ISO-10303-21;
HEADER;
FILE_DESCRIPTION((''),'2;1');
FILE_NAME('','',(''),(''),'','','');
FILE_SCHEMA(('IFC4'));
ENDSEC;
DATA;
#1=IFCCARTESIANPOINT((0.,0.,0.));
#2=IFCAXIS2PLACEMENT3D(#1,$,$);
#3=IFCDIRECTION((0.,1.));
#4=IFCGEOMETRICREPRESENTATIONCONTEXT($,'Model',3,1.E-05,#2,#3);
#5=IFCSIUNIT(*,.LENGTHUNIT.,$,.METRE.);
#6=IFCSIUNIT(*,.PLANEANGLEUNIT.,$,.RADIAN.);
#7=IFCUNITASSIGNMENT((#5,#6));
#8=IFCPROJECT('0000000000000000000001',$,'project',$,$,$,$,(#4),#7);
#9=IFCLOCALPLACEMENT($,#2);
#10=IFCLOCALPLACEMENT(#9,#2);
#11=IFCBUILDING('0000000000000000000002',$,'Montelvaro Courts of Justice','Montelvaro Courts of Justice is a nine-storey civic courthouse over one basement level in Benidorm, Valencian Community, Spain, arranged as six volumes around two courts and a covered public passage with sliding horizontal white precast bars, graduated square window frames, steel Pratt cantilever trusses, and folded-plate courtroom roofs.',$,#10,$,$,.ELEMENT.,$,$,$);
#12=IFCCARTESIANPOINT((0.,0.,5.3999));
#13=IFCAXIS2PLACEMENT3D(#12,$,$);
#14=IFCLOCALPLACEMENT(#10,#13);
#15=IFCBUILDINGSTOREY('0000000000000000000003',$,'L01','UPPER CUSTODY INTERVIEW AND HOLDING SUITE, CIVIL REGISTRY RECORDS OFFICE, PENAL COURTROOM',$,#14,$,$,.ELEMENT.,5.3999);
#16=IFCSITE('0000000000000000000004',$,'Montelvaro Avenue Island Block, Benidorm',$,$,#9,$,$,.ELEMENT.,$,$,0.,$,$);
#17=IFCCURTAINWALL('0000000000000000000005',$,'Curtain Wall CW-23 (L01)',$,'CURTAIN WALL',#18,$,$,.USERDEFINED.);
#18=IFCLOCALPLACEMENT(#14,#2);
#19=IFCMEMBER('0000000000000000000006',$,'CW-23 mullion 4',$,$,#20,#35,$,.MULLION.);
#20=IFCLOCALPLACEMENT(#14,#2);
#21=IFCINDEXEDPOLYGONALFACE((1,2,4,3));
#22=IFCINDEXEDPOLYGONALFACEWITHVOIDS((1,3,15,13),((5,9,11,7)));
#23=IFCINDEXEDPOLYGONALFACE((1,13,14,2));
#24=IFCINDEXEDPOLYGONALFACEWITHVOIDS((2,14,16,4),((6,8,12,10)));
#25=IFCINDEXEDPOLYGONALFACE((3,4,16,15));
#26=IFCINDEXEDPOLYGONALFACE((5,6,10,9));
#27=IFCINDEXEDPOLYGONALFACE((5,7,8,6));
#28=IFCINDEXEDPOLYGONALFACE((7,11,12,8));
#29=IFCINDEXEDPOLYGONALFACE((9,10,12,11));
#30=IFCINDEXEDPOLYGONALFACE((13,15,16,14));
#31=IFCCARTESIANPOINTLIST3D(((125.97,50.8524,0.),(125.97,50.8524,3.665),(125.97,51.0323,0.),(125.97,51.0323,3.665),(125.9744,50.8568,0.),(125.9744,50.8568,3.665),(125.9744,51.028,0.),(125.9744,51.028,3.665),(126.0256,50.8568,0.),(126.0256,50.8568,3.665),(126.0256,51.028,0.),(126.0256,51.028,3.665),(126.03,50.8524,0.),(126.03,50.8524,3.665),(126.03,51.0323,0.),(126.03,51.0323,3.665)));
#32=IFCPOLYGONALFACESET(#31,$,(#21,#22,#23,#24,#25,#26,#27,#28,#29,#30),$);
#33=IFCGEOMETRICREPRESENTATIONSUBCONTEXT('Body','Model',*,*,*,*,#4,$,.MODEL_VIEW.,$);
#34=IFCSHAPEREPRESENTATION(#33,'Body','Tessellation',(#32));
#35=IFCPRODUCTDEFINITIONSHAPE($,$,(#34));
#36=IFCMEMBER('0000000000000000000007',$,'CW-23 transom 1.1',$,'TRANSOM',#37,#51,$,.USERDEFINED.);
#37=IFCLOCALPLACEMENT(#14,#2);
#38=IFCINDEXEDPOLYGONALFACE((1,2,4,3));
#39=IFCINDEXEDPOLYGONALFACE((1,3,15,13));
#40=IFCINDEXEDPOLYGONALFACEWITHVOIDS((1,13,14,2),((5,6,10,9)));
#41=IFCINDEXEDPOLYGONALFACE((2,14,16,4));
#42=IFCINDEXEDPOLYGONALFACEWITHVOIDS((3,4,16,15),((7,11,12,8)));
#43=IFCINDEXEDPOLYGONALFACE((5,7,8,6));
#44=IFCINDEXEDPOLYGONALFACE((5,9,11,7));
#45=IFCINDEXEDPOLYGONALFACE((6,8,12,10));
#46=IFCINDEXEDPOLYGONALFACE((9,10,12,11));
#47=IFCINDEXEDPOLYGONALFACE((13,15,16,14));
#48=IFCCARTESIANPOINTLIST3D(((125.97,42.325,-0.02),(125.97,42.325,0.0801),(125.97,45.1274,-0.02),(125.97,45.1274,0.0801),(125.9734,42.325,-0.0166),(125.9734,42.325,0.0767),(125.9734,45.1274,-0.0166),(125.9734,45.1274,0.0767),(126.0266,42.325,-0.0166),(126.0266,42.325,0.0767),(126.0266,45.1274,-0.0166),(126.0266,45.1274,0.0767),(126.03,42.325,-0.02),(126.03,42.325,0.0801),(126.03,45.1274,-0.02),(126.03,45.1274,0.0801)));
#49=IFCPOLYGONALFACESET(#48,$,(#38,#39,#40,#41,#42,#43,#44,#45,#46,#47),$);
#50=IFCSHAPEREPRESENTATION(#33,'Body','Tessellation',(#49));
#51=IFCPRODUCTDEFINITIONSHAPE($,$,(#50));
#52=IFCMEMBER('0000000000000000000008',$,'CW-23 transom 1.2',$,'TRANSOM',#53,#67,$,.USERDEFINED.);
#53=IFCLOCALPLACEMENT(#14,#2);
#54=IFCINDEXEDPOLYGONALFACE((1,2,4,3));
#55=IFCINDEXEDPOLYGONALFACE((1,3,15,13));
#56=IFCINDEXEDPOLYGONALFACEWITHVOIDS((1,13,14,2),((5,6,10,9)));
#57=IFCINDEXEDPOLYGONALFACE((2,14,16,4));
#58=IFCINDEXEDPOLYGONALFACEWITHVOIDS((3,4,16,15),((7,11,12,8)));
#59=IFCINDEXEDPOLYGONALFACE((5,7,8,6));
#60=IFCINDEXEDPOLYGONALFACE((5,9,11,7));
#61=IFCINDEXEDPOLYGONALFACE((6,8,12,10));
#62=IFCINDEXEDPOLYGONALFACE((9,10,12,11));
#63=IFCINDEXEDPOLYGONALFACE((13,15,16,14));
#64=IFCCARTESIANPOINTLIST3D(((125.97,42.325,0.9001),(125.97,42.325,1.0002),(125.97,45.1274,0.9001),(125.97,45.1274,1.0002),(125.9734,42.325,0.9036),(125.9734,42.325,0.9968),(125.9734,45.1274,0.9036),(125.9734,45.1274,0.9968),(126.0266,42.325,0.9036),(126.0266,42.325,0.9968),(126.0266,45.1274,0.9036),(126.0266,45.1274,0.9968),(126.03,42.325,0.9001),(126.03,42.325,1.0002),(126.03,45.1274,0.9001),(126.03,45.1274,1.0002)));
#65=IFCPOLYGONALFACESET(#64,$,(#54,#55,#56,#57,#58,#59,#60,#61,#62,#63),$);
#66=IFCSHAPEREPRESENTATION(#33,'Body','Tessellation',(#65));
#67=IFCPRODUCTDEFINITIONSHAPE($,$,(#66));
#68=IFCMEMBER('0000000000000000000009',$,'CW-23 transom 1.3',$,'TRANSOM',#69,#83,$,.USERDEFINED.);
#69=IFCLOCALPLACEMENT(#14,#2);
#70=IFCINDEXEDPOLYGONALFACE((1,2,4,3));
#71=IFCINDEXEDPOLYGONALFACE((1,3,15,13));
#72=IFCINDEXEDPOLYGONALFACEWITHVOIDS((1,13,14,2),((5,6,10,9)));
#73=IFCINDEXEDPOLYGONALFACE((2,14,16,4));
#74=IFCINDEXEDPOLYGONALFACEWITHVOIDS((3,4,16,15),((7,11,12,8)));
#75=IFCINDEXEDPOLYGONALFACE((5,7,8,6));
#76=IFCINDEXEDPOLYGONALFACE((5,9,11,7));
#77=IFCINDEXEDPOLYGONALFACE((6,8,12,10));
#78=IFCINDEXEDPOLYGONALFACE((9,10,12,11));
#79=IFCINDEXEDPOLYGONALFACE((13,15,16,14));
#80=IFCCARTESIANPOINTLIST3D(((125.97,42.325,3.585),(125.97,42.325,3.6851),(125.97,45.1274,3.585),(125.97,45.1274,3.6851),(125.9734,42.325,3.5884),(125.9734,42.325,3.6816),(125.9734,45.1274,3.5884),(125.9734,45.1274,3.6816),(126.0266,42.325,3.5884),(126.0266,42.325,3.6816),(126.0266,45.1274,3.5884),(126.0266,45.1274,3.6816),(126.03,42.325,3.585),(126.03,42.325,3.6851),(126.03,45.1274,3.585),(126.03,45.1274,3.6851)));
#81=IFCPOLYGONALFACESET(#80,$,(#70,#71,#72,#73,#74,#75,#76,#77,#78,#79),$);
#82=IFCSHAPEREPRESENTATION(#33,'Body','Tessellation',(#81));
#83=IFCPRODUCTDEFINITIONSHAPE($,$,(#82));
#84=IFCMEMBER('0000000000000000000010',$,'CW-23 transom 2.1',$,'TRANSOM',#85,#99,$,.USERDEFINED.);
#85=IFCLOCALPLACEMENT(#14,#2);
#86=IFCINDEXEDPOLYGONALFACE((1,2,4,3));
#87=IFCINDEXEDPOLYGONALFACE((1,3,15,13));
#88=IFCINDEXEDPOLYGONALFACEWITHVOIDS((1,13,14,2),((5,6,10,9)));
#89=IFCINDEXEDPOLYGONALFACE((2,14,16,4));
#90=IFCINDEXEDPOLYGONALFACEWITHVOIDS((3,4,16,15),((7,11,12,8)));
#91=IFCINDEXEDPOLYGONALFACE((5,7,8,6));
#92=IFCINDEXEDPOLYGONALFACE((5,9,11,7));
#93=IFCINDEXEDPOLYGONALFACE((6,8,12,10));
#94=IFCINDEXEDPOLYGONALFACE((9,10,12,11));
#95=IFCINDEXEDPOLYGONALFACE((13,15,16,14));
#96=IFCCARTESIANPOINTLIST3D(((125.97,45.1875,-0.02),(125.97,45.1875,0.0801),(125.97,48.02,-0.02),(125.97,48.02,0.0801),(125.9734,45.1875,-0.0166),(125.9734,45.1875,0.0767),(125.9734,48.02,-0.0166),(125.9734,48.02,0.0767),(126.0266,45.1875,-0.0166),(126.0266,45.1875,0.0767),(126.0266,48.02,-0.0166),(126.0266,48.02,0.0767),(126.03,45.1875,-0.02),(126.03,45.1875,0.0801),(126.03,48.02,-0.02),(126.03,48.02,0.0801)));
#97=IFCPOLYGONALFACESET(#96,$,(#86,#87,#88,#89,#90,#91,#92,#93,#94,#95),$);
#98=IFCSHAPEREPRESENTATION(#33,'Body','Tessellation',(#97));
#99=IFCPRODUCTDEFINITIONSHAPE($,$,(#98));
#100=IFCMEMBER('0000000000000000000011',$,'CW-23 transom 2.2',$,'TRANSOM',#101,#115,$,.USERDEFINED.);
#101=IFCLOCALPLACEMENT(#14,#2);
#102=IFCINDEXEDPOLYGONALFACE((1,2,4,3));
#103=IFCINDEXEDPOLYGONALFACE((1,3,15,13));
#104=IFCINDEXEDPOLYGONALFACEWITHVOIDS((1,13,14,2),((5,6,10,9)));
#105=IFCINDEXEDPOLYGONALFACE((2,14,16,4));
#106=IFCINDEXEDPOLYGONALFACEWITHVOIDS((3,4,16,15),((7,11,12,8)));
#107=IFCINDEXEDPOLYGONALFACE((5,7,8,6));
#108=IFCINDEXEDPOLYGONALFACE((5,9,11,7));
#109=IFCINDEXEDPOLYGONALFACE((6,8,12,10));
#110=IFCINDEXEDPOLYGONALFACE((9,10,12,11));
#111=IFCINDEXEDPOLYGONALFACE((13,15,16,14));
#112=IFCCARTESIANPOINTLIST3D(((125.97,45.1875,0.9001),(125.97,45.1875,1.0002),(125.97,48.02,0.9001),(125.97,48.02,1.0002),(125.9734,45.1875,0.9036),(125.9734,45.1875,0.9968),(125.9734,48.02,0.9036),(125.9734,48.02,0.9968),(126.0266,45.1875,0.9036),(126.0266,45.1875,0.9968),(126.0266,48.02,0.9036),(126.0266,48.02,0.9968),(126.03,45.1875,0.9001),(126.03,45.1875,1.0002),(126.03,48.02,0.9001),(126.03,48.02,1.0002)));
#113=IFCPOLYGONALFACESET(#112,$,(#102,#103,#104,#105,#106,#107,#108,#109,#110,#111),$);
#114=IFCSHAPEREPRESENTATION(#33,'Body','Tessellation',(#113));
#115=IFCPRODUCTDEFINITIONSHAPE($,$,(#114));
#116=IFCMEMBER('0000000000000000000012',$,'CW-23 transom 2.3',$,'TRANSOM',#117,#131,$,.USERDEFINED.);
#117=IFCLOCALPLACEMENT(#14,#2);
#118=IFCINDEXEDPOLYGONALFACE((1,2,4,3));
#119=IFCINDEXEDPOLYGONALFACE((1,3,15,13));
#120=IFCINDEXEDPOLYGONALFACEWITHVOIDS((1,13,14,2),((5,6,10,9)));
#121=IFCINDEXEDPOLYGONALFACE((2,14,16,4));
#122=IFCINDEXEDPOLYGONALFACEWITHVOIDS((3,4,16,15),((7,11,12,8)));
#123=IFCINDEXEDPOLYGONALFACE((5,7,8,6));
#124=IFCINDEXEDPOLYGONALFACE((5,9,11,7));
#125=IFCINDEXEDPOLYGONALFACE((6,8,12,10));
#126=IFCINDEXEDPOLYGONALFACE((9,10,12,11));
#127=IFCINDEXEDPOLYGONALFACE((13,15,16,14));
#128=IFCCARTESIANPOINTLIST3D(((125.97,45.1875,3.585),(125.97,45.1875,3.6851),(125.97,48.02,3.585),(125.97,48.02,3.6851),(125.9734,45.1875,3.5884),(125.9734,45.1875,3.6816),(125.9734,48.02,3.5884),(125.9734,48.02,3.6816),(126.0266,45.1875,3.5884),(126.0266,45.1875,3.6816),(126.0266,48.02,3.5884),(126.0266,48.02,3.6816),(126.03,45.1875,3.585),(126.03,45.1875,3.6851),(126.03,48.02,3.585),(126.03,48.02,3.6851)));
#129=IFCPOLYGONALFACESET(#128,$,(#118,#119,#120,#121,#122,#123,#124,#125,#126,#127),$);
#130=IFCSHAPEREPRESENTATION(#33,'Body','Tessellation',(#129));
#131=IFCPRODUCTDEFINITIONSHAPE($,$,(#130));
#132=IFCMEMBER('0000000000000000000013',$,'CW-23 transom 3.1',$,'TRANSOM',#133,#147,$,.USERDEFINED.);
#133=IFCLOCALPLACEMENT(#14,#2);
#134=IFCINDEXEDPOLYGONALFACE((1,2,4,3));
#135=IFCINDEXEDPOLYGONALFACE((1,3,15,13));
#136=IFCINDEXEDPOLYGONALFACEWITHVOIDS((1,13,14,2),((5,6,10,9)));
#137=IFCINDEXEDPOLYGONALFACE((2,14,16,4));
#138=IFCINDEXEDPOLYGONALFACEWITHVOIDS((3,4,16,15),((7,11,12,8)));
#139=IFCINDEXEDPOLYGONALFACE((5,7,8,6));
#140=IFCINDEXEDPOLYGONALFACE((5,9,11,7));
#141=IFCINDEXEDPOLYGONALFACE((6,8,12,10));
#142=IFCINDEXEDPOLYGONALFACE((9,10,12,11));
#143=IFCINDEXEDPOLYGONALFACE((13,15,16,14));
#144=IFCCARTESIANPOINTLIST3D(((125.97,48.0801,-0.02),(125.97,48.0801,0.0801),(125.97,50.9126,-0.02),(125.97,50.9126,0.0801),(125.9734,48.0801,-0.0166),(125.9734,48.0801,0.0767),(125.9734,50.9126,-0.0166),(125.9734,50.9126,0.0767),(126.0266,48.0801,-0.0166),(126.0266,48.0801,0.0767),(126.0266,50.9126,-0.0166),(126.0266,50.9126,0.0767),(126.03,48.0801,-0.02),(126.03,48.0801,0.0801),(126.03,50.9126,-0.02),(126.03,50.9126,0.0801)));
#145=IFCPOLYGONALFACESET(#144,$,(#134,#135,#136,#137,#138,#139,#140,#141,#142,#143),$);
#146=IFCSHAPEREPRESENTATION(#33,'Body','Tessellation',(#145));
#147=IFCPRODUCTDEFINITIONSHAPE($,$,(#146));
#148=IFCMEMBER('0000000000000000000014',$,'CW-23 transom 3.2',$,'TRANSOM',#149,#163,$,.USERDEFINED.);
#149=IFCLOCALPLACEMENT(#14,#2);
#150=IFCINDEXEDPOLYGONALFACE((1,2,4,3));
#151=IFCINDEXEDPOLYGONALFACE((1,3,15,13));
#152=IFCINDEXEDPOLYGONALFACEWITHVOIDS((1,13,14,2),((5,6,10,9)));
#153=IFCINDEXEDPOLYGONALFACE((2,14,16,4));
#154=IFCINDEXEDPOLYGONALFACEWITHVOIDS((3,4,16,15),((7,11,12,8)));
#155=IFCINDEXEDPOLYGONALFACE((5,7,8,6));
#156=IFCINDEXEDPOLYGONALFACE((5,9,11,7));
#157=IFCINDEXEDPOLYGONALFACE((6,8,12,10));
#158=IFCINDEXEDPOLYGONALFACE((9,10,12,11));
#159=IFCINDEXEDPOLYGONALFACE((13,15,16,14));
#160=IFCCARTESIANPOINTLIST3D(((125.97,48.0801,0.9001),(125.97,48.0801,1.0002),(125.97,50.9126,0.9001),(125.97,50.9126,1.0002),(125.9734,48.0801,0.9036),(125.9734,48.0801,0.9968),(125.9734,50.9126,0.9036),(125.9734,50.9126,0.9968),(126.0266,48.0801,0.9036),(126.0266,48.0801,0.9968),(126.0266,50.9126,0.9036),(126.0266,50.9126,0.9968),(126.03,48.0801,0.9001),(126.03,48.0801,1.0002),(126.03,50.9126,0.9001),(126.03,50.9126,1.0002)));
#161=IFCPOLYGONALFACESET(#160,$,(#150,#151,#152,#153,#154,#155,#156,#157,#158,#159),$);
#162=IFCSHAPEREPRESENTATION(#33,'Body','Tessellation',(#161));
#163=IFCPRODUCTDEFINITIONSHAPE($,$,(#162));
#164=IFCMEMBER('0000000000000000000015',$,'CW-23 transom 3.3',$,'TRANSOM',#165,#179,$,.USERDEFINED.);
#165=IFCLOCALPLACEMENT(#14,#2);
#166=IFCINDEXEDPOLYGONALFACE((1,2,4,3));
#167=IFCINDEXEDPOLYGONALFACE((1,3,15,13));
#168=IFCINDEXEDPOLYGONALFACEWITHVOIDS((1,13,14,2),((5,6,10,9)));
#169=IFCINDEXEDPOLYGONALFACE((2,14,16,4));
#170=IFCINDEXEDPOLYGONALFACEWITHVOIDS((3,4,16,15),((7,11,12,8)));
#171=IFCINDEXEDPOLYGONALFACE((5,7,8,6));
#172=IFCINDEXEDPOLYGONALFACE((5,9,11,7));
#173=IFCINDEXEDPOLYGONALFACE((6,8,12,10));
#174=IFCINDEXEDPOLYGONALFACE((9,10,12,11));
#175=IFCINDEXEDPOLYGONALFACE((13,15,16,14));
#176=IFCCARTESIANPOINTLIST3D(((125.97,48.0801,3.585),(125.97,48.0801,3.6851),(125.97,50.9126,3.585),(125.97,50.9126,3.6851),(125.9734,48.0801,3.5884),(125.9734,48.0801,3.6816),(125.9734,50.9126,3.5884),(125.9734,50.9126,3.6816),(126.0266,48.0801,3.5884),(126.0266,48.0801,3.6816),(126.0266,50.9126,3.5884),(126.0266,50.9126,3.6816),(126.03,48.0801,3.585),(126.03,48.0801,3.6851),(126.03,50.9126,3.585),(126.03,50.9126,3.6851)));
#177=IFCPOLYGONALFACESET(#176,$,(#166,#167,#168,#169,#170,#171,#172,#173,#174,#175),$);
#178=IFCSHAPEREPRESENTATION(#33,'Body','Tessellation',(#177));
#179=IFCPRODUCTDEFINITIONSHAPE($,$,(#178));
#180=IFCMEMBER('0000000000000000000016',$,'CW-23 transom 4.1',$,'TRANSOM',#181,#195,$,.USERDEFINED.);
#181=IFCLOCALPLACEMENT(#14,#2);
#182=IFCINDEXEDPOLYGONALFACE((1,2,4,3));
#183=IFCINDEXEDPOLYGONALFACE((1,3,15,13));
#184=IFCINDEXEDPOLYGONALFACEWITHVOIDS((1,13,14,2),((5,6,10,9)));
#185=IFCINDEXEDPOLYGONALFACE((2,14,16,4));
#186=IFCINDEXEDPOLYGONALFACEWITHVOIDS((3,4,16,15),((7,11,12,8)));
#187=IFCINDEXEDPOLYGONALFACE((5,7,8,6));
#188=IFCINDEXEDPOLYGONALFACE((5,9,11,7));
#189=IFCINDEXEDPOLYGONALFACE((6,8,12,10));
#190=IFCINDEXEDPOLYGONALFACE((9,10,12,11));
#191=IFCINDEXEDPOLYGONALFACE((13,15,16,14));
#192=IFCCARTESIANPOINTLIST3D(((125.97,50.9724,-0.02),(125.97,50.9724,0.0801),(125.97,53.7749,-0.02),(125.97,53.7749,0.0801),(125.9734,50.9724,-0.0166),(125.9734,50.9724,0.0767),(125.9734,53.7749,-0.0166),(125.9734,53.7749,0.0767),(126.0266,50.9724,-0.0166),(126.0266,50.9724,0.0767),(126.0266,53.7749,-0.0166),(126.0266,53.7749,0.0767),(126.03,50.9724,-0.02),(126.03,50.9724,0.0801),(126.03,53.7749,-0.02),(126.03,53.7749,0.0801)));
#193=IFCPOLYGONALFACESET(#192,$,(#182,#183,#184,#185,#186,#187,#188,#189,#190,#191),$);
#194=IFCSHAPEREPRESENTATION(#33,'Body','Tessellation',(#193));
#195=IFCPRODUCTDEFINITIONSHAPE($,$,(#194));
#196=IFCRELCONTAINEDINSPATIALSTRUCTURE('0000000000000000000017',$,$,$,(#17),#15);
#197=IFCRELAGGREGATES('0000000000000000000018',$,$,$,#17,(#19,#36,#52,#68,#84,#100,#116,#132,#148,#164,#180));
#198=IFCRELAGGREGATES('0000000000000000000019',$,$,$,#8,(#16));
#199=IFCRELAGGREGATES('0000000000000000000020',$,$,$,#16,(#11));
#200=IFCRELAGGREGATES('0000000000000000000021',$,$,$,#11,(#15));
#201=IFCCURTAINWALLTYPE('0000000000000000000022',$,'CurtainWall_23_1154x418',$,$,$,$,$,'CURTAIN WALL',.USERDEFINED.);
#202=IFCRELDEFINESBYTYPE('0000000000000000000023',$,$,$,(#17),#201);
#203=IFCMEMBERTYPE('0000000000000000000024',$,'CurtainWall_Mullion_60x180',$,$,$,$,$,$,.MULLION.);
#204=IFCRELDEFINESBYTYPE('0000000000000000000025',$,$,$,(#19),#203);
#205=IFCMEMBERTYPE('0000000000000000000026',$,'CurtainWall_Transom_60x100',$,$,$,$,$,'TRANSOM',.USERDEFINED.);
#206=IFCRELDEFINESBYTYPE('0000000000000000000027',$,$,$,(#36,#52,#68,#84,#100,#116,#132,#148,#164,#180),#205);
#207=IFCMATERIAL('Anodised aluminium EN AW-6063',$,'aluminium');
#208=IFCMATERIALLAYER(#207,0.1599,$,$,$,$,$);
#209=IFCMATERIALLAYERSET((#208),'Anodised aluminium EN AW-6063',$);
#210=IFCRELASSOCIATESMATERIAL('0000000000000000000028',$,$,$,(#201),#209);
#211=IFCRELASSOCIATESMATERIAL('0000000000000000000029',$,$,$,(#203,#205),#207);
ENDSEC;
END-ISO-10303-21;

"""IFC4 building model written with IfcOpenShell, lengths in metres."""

from ifc_helpers import new_model, si_unit, direction, frame, origin, origin_2d, place, context, subcontext, project, spatial, hollow_rectangle, extrude, material, layer, layer_set, material_profile, profile_set, type_object, element, aggregate, save


model = new_model("IFC4")

# Units and contexts
model_context = context("Model", 3, precision=1e-05, world=origin(), true_north=direction((0.0, 1.0)))
body_context = subcontext(model_context, "Body", "Model", "MODEL_VIEW")
ifc_project = project(units=[si_unit("LENGTHUNIT", "METRE"), si_unit("PLANEANGLEUNIT", "RADIAN")], contexts=[model_context])

# Site, building, storey
site_placement = place(None, origin())
site = spatial("IfcSite", under=ifc_project, at=site_placement, Name="Montelvaro Avenue Island Block, Benidorm", CompositionType="ELEMENT", RefElevation=0.0)
building_placement = place(site_placement, origin())
building = spatial("IfcBuilding", under=site, at=building_placement, Name="Montelvaro Courts of Justice", Description="Montelvaro Courts of Justice is a nine-storey civic courthouse over one basement level in Benidorm, Valencian Community, Spain, arranged as six volumes around two courts and a covered public passage with sliding horizontal white precast bars, graduated square window frames, steel Pratt cantilever trusses, and folded-plate courtroom roofs.", CompositionType="ELEMENT")
storey_placement = place(building_placement, frame((0.0, 0.0, 5.3999)))
storey = spatial("IfcBuildingStorey", under=building, at=storey_placement, Name="L01", Description="UPPER CUSTODY INTERVIEW AND HOLDING SUITE, CIVIL REGISTRY RECORDS OFFICE, PENAL COURTROOM", CompositionType="ELEMENT", Elevation=5.3999)

# Curtain wall, members
ifc_material_1 = material(Name="Anodised aluminium EN AW-6063", Category="aluminium")
ifc_layer_1 = layer(ifc_material_1, 0.1599)
ifc_layer_set_1 = layer_set([ifc_layer_1], Name="Anodised aluminium EN AW-6063")
curtain_wall_type = type_object("IfcCurtainWallType", Name="CurtainWall_23_1154x418", ElementType="CURTAIN WALL", PredefinedType="USERDEFINED", material=ifc_layer_set_1)
curtain_wall_placement = place(storey_placement, origin())
curtain_wall = element("IfcCurtainWall", 1, at=curtain_wall_placement, inside=storey, type_object=curtain_wall_type, Name="Curtain Wall CW-23 (L01)", ObjectType="CURTAIN WALL", PredefinedType="USERDEFINED")
ifc_material_profile_1 = material_profile(ifc_material_1, hollow_rectangle(XDim=0.0601, YDim=0.1799, WallThickness=0.0044, at=origin_2d()), Name="ALU-M 60x180")
ifc_profile_set_1 = profile_set([ifc_material_profile_1], Name="Anodised aluminium EN AW-6063")
member_type_1 = type_object("IfcMemberType", Name="CurtainWall_Mullion_60x180", PredefinedType="MULLION", material=ifc_profile_set_1)
member_1_placement = place(storey_placement, frame((126.0, 50.9424, 0.0), z_axis=(0.0, 0.0, 1.0), x_axis=(-1.0, 0.0, 0.0)))
member_1 = element("IfcMember", 2, at=member_1_placement, type_object=member_type_1, Name="CW-23 mullion 4", PredefinedType="MULLION", context=body_context, shape_type="SweptSolid", body=[
    extrude(hollow_rectangle(XDim=0.0601, YDim=0.1799, WallThickness=0.0044, at=origin_2d()), origin(), (0.0, 0.0, 1.0), 3.665),
])
ifc_material_profile_2 = material_profile(ifc_material_1, hollow_rectangle(XDim=0.0601, YDim=0.1001, WallThickness=0.0034, at=origin_2d()), Name="ALU-T 60x100")
ifc_profile_set_2 = profile_set([ifc_material_profile_2], Name="Anodised aluminium EN AW-6063")
member_type_2 = type_object("IfcMemberType", Name="CurtainWall_Transom_60x100", ElementType="TRANSOM", PredefinedType="USERDEFINED", material=ifc_profile_set_2)
member_2_placement = place(storey_placement, frame((126.0, 42.325, 0.03), z_axis=(0.0, 1.0, 0.0), x_axis=(-1.0, 0.0, 0.0)))
member_2 = element("IfcMember", 3, at=member_2_placement, type_object=member_type_2, Name="CW-23 transom 1.1", ObjectType="TRANSOM", PredefinedType="USERDEFINED", context=body_context, shape_type="SweptSolid", body=[
    extrude(hollow_rectangle(XDim=0.0601, YDim=0.1001, WallThickness=0.0034, at=origin_2d()), origin(), (0.0, 0.0, 1.0), 2.8025),
])
member_3_placement = place(storey_placement, frame((126.0, 42.325, 0.9502), z_axis=(0.0, 1.0, 0.0), x_axis=(-1.0, 0.0, 0.0)))
member_3 = element("IfcMember", 4, at=member_3_placement, type_object=member_type_2, Name="CW-23 transom 1.2", ObjectType="TRANSOM", PredefinedType="USERDEFINED", context=body_context, shape_type="SweptSolid", body=[
    extrude(hollow_rectangle(XDim=0.0601, YDim=0.1001, WallThickness=0.0034, at=origin_2d()), origin(), (0.0, 0.0, 1.0), 2.8025),
])
member_4_placement = place(storey_placement, frame((126.0, 42.325, 3.635), z_axis=(0.0, 1.0, 0.0), x_axis=(-1.0, 0.0, 0.0)))
member_4 = element("IfcMember", 5, at=member_4_placement, type_object=member_type_2, Name="CW-23 transom 1.3", ObjectType="TRANSOM", PredefinedType="USERDEFINED", context=body_context, shape_type="SweptSolid", body=[
    extrude(hollow_rectangle(XDim=0.0601, YDim=0.1001, WallThickness=0.0034, at=origin_2d()), origin(), (0.0, 0.0, 1.0), 2.8025),
])
member_5_placement = place(storey_placement, frame((126.0, 45.1875, 0.03), z_axis=(0.0, 1.0, 0.0), x_axis=(-1.0, 0.0, 0.0)))
member_5 = element("IfcMember", 6, at=member_5_placement, type_object=member_type_2, Name="CW-23 transom 2.1", ObjectType="TRANSOM", PredefinedType="USERDEFINED", context=body_context, shape_type="SweptSolid", body=[
    extrude(hollow_rectangle(XDim=0.0601, YDim=0.1001, WallThickness=0.0034, at=origin_2d()), origin(), (0.0, 0.0, 1.0), 2.8325),
])
member_6_placement = place(storey_placement, frame((126.0, 45.1875, 0.9502), z_axis=(0.0, 1.0, 0.0), x_axis=(-1.0, 0.0, 0.0)))
member_6 = element("IfcMember", 7, at=member_6_placement, type_object=member_type_2, Name="CW-23 transom 2.2", ObjectType="TRANSOM", PredefinedType="USERDEFINED", context=body_context, shape_type="SweptSolid", body=[
    extrude(hollow_rectangle(XDim=0.0601, YDim=0.1001, WallThickness=0.0034, at=origin_2d()), origin(), (0.0, 0.0, 1.0), 2.8325),
])
member_7_placement = place(storey_placement, frame((126.0, 45.1875, 3.635), z_axis=(0.0, 1.0, 0.0), x_axis=(-1.0, 0.0, 0.0)))
member_7 = element("IfcMember", 8, at=member_7_placement, type_object=member_type_2, Name="CW-23 transom 2.3", ObjectType="TRANSOM", PredefinedType="USERDEFINED", context=body_context, shape_type="SweptSolid", body=[
    extrude(hollow_rectangle(XDim=0.0601, YDim=0.1001, WallThickness=0.0034, at=origin_2d()), origin(), (0.0, 0.0, 1.0), 2.8325),
])
member_8_placement = place(storey_placement, frame((126.0, 48.0801, 0.03), z_axis=(0.0, 1.0, 0.0), x_axis=(-1.0, 0.0, 0.0)))
member_8 = element("IfcMember", 9, at=member_8_placement, type_object=member_type_2, Name="CW-23 transom 3.1", ObjectType="TRANSOM", PredefinedType="USERDEFINED", context=body_context, shape_type="SweptSolid", body=[
    extrude(hollow_rectangle(XDim=0.0601, YDim=0.1001, WallThickness=0.0034, at=origin_2d()), origin(), (0.0, 0.0, 1.0), 2.8325),
])
member_9_placement = place(storey_placement, frame((126.0, 48.0801, 0.9502), z_axis=(0.0, 1.0, 0.0), x_axis=(-1.0, 0.0, 0.0)))
member_9 = element("IfcMember", 10, at=member_9_placement, type_object=member_type_2, Name="CW-23 transom 3.2", ObjectType="TRANSOM", PredefinedType="USERDEFINED", context=body_context, shape_type="SweptSolid", body=[
    extrude(hollow_rectangle(XDim=0.0601, YDim=0.1001, WallThickness=0.0034, at=origin_2d()), origin(), (0.0, 0.0, 1.0), 2.8325),
])
member_10_placement = place(storey_placement, frame((126.0, 48.0801, 3.635), z_axis=(0.0, 1.0, 0.0), x_axis=(-1.0, 0.0, 0.0)))
member_10 = element("IfcMember", 11, at=member_10_placement, type_object=member_type_2, Name="CW-23 transom 3.3", ObjectType="TRANSOM", PredefinedType="USERDEFINED", context=body_context, shape_type="SweptSolid", body=[
    extrude(hollow_rectangle(XDim=0.0601, YDim=0.1001, WallThickness=0.0034, at=origin_2d()), origin(), (0.0, 0.0, 1.0), 2.8325),
])
member_11_placement = place(storey_placement, frame((126.0, 50.9724, 0.03), z_axis=(0.0, 1.0, 0.0), x_axis=(-1.0, 0.0, 0.0)))
member_11 = element("IfcMember", 12, at=member_11_placement, type_object=member_type_2, Name="CW-23 transom 4.1", ObjectType="TRANSOM", PredefinedType="USERDEFINED", context=body_context, shape_type="SweptSolid", body=[
    extrude(hollow_rectangle(XDim=0.0601, YDim=0.1001, WallThickness=0.0034, at=origin_2d()), origin(), (0.0, 0.0, 1.0), 2.8025),
])

aggregate(curtain_wall, [member_1, member_2, member_3, member_4, member_5, member_6, member_7, member_8, member_9, member_10, member_11])

save(model, "model.ifc")
